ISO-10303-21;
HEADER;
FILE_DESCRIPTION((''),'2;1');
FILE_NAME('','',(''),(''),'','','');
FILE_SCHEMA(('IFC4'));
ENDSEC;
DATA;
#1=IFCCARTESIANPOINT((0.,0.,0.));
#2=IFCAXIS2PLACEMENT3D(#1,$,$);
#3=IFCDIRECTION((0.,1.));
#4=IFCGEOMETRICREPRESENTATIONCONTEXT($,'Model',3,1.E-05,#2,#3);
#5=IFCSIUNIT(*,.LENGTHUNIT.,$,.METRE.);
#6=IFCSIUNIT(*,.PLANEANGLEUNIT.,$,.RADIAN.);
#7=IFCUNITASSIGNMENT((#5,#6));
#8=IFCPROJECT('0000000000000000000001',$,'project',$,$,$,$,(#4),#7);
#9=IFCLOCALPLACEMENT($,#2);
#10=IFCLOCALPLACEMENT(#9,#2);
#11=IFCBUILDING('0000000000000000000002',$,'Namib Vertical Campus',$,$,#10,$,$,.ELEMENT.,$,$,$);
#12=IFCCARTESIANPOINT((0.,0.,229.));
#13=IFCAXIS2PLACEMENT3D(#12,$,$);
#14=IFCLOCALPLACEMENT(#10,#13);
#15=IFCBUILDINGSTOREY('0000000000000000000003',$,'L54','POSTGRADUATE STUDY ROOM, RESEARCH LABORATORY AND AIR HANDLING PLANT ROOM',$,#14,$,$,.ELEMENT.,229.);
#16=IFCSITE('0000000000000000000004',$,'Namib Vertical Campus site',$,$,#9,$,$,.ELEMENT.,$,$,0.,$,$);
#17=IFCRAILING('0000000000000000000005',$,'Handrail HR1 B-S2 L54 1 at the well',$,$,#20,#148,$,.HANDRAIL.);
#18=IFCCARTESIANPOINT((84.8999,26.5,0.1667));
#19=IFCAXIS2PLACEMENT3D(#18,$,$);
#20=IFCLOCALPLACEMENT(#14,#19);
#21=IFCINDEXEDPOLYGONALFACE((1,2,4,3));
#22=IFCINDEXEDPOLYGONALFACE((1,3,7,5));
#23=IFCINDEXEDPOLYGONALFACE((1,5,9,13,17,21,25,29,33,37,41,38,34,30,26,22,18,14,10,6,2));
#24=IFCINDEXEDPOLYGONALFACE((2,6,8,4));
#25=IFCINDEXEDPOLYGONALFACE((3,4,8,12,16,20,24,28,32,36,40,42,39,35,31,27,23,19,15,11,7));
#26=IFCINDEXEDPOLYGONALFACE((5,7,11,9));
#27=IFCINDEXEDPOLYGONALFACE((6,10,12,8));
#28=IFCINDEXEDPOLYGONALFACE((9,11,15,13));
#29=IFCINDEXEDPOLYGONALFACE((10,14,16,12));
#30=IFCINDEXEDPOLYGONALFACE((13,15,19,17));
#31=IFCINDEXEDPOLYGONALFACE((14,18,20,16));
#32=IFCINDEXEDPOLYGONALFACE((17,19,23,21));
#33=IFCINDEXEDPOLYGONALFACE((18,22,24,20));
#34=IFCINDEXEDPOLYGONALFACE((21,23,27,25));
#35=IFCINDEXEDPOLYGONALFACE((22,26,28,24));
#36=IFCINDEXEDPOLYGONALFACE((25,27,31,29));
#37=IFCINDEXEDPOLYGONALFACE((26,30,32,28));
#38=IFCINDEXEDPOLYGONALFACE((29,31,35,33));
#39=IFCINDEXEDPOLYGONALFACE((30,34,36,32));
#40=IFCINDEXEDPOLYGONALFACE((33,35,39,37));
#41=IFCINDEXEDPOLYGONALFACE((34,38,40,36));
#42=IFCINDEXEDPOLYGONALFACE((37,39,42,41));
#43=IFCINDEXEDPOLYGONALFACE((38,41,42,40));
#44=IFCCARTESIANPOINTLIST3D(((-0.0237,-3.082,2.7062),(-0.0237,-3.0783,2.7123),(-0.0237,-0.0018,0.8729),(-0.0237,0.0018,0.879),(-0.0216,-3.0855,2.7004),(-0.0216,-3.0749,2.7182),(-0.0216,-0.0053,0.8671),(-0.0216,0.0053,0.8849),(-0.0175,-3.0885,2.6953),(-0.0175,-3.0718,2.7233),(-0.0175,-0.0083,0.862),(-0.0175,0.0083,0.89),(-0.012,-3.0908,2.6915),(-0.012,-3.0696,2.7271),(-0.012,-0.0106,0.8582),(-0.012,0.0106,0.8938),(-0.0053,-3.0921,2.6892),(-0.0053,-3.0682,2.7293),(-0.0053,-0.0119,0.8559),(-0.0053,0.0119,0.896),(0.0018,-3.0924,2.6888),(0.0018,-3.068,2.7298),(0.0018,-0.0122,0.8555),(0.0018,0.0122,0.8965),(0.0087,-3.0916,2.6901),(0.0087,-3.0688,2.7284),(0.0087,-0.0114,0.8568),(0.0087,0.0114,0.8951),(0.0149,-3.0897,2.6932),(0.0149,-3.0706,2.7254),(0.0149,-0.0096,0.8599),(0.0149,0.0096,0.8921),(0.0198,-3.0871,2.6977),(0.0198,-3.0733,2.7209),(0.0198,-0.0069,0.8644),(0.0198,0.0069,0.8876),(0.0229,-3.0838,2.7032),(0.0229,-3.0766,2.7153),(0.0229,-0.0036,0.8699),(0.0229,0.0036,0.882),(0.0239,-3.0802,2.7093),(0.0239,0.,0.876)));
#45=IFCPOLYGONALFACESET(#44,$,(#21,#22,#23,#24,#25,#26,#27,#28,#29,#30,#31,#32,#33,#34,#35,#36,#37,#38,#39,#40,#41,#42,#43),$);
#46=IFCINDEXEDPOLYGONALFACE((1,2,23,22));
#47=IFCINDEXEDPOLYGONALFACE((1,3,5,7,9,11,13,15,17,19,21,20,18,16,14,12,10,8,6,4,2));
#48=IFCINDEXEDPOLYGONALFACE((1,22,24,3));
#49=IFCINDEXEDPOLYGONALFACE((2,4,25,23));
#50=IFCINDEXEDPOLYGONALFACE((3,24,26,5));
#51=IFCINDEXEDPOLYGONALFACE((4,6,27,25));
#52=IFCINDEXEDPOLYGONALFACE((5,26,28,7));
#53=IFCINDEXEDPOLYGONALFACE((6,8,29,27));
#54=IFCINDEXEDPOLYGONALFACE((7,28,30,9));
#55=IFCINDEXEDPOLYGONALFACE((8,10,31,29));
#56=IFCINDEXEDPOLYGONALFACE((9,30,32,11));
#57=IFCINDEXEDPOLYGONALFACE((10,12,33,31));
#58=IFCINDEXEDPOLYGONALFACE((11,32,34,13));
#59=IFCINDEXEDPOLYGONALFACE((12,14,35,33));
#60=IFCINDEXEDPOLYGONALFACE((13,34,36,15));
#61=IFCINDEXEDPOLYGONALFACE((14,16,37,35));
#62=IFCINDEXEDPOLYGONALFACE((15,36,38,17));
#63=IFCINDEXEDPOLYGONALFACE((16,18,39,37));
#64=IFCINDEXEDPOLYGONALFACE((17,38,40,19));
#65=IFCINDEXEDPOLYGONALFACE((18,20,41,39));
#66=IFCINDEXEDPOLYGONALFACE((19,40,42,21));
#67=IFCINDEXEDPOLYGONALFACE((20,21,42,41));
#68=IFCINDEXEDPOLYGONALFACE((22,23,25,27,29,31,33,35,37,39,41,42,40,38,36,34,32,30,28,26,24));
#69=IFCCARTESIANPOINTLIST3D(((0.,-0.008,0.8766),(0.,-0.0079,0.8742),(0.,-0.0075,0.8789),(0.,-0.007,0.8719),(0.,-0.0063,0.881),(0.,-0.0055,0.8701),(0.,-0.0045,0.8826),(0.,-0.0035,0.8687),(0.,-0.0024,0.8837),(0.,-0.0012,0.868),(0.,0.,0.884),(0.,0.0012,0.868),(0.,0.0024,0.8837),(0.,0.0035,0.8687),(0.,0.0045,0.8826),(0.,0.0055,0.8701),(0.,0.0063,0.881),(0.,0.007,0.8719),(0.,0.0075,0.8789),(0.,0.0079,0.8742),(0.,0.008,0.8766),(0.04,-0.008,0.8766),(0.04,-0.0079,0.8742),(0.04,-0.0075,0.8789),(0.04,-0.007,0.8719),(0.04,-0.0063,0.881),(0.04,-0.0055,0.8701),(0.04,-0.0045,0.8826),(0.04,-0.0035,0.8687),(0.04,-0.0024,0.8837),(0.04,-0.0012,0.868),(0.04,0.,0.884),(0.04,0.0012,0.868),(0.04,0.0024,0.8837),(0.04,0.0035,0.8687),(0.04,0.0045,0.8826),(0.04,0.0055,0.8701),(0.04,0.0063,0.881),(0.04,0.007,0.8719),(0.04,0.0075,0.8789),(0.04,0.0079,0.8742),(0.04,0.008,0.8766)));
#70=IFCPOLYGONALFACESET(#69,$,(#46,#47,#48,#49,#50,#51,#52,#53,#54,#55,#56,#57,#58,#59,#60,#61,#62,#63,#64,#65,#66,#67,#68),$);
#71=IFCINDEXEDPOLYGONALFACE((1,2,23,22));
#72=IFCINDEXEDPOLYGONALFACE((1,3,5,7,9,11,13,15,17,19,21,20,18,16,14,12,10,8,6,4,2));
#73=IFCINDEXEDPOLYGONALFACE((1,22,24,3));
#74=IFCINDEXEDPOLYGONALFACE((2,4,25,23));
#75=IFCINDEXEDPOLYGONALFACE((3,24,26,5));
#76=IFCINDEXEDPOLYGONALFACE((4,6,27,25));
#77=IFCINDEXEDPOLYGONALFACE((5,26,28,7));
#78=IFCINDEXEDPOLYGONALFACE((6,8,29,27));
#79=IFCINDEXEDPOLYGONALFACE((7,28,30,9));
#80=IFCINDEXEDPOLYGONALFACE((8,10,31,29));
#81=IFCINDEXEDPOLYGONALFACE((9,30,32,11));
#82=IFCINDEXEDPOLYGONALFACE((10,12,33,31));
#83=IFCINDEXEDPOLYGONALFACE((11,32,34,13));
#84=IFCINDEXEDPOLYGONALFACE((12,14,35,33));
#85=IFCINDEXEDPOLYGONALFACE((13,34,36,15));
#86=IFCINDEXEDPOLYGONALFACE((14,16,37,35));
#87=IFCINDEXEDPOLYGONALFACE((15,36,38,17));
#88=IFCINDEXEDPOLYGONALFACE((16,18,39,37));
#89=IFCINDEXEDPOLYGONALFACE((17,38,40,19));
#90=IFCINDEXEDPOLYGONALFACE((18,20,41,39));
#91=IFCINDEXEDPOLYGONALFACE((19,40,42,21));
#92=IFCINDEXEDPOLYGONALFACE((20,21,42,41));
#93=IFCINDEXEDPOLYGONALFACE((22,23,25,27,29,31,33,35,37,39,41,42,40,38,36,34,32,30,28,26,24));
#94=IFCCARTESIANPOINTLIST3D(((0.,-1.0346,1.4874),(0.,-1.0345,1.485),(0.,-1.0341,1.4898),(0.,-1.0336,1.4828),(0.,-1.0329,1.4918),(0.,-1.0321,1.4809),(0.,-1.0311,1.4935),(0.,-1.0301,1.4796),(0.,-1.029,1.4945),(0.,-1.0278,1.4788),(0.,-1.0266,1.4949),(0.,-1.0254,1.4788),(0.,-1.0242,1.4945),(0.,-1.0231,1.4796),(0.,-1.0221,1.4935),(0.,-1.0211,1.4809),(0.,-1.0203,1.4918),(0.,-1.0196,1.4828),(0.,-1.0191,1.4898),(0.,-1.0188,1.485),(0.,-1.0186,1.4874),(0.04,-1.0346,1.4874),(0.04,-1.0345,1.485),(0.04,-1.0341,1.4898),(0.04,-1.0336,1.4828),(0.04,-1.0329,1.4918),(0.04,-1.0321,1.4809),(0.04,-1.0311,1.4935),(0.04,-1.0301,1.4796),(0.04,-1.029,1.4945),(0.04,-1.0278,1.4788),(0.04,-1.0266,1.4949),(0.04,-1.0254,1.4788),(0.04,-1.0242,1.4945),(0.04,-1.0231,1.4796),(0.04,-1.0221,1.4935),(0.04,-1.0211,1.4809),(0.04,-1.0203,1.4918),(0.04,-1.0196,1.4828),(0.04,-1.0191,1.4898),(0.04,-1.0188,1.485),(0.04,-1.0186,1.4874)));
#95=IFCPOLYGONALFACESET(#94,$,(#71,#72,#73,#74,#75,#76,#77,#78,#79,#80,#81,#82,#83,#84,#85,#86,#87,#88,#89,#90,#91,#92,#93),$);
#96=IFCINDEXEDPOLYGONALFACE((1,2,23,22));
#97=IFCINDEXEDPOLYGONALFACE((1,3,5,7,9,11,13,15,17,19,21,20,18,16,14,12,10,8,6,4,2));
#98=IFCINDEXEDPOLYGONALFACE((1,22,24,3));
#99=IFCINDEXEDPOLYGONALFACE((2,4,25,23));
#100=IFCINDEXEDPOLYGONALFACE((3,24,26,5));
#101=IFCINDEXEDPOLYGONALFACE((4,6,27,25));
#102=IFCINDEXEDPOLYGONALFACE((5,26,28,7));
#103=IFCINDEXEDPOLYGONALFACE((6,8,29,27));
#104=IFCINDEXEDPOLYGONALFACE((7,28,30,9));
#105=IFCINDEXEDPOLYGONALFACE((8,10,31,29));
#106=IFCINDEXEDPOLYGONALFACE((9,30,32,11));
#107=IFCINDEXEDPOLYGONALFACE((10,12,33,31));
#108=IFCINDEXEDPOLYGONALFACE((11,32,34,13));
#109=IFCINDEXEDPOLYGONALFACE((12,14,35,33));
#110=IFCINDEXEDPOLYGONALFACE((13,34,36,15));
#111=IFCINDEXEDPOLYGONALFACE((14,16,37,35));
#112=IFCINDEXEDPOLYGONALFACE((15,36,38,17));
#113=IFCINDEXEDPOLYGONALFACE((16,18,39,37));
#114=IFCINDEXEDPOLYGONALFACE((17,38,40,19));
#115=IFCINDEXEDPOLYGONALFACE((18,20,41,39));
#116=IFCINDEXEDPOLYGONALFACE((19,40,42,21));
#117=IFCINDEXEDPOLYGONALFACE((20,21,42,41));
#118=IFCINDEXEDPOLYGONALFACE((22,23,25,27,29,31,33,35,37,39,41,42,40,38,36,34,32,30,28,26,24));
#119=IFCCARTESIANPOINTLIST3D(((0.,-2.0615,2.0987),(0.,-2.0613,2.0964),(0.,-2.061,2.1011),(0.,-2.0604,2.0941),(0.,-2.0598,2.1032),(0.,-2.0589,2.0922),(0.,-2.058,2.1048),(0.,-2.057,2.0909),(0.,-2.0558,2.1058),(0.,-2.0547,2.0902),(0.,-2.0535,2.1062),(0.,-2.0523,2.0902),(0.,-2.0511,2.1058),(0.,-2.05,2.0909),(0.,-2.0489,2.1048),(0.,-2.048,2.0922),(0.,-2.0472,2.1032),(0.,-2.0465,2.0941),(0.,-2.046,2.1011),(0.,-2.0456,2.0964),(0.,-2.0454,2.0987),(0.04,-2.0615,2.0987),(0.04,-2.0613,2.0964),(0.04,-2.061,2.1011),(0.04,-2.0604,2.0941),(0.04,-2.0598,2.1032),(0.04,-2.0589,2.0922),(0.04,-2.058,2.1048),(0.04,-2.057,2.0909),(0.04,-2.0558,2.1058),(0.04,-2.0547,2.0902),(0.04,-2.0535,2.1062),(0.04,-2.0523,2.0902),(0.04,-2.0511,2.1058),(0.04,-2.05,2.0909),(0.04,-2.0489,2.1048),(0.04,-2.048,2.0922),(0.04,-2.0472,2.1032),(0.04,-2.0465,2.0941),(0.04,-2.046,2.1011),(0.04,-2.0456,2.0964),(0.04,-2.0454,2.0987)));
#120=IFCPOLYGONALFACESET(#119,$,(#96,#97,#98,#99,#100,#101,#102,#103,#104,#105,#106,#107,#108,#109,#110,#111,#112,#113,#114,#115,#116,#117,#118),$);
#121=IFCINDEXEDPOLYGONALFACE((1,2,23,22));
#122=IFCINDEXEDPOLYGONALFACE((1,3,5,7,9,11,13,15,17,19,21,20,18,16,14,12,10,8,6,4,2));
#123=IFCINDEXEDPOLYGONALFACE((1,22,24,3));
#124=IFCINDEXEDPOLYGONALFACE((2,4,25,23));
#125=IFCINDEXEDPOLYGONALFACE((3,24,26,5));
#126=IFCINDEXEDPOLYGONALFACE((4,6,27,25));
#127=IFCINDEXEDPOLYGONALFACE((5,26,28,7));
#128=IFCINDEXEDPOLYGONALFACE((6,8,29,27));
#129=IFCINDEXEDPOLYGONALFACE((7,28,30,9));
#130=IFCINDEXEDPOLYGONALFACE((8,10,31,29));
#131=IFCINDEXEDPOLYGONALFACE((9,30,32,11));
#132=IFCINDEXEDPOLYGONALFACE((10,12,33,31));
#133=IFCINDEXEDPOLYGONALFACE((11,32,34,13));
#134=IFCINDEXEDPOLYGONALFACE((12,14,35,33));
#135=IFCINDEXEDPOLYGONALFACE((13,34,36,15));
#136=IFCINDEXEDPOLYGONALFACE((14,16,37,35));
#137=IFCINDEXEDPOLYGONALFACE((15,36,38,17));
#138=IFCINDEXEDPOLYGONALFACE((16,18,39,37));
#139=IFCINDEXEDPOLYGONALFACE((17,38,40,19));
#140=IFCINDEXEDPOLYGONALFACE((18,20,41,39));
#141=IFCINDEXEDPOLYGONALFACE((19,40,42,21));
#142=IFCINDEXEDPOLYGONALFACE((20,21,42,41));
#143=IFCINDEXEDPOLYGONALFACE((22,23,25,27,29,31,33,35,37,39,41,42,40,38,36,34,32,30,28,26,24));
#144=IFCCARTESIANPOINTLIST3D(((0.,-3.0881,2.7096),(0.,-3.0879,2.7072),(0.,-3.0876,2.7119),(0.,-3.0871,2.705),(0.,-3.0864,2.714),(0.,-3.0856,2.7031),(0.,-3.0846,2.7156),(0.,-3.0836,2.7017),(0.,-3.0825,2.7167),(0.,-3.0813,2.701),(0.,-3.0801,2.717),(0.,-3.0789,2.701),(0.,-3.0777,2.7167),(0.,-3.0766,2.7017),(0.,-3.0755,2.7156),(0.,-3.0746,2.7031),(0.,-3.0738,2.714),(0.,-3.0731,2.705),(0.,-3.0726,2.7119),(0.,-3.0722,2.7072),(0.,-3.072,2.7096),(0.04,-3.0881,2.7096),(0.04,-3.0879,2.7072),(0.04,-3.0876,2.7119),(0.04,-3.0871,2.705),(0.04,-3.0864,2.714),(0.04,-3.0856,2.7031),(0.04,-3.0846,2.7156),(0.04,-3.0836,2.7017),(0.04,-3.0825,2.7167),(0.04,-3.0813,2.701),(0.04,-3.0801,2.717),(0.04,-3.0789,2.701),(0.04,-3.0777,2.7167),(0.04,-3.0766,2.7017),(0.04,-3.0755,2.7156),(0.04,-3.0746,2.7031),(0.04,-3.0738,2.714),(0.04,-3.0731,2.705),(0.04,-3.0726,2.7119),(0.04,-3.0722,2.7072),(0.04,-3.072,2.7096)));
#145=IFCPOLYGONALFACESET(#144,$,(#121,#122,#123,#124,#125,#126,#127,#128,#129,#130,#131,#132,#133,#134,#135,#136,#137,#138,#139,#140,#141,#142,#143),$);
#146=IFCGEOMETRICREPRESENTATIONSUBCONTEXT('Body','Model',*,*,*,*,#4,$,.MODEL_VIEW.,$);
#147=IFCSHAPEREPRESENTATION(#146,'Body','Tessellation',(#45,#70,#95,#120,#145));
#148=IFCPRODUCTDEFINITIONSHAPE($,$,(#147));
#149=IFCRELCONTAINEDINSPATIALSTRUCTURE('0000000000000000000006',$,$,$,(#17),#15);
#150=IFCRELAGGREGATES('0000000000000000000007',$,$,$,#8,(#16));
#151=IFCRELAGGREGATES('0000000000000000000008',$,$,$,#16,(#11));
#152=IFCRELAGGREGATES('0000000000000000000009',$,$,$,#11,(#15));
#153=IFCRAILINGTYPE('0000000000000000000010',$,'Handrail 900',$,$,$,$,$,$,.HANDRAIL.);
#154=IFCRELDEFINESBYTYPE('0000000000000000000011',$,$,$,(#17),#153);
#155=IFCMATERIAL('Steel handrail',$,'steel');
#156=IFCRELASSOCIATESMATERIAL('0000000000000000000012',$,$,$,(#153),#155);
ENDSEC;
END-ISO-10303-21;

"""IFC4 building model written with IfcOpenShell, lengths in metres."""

from ifc_helpers import new_model, si_unit, direction, frame, origin, origin_2d, place, context, subcontext, project, spatial, circle, extrude, material, type_object, element, save


model = new_model("IFC4")

# Units and contexts
model_context = context("Model", 3, precision=1e-05, world=origin(), true_north=direction((0.0, 1.0)))
body_context = subcontext(model_context, "Body", "Model", "MODEL_VIEW")
ifc_project = project(units=[si_unit("LENGTHUNIT", "METRE"), si_unit("PLANEANGLEUNIT", "RADIAN")], contexts=[model_context])

# Site, building, storey
site_placement = place(None, origin())
site = spatial("IfcSite", under=ifc_project, at=site_placement, Name="Namib Vertical Campus site", CompositionType="ELEMENT", RefElevation=0.0)
building_placement = place(site_placement, origin())
building = spatial("IfcBuilding", under=site, at=building_placement, Name="Namib Vertical Campus", CompositionType="ELEMENT")
storey_placement = place(building_placement, frame((0.0, 0.0, 229.0)))
storey = spatial("IfcBuildingStorey", under=building, at=storey_placement, Name="L54", Description="POSTGRADUATE STUDY ROOM, RESEARCH LABORATORY AND AIR HANDLING PLANT ROOM", CompositionType="ELEMENT", Elevation=229.0)

# Railing
ifc_material_1 = material(Name="Steel handrail", Category="steel")
railing_type_1 = type_object("IfcRailingType", Name="Handrail 900", PredefinedType="HANDRAIL", material=ifc_material_1)
railing_1_placement = place(storey_placement, frame((84.8999, 26.5, 0.1667)))
element("IfcRailing", 1, at=railing_1_placement, inside=storey, type_object=railing_type_1, Name="Handrail HR1 B-S2 L54 1 at the well", PredefinedType="HANDRAIL", context=body_context, shape_type="SweptSolid", body=[
    extrude(circle(Radius=0.0239, at=origin_2d()), frame((0.0, 0.0, 0.876), z_axis=(0.0, -0.859309, 0.511458), x_axis=(1.0, 0.0, 0.0)), (0.0, 0.0, 1.0), 3.5845),
    extrude(circle(Radius=0.0081, at=origin_2d()), frame((0.0, 0.0, 0.876), z_axis=(1.0, 0.0, 0.0), x_axis=(0.0, 0.0, 1.0)), (0.0, 0.0, 1.0), 0.04),
    extrude(circle(Radius=0.0081, at=origin_2d()), frame((0.0, -1.0266, 1.4868), z_axis=(1.0, 0.0, 0.0), x_axis=(0.0, 0.0, 1.0)), (0.0, 0.0, 1.0), 0.04),
    extrude(circle(Radius=0.0081, at=origin_2d()), frame((0.0, -2.0535, 2.0981), z_axis=(1.0, 0.0, 0.0), x_axis=(0.0, 0.0, 1.0)), (0.0, 0.0, 1.0), 0.04),
    extrude(circle(Radius=0.0081, at=origin_2d()), frame((0.0, -3.0801, 2.709), z_axis=(1.0, 0.0, 0.0), x_axis=(0.0, 0.0, 1.0)), (0.0, 0.0, 1.0), 0.04),
])

save(model, "model.ifc")
